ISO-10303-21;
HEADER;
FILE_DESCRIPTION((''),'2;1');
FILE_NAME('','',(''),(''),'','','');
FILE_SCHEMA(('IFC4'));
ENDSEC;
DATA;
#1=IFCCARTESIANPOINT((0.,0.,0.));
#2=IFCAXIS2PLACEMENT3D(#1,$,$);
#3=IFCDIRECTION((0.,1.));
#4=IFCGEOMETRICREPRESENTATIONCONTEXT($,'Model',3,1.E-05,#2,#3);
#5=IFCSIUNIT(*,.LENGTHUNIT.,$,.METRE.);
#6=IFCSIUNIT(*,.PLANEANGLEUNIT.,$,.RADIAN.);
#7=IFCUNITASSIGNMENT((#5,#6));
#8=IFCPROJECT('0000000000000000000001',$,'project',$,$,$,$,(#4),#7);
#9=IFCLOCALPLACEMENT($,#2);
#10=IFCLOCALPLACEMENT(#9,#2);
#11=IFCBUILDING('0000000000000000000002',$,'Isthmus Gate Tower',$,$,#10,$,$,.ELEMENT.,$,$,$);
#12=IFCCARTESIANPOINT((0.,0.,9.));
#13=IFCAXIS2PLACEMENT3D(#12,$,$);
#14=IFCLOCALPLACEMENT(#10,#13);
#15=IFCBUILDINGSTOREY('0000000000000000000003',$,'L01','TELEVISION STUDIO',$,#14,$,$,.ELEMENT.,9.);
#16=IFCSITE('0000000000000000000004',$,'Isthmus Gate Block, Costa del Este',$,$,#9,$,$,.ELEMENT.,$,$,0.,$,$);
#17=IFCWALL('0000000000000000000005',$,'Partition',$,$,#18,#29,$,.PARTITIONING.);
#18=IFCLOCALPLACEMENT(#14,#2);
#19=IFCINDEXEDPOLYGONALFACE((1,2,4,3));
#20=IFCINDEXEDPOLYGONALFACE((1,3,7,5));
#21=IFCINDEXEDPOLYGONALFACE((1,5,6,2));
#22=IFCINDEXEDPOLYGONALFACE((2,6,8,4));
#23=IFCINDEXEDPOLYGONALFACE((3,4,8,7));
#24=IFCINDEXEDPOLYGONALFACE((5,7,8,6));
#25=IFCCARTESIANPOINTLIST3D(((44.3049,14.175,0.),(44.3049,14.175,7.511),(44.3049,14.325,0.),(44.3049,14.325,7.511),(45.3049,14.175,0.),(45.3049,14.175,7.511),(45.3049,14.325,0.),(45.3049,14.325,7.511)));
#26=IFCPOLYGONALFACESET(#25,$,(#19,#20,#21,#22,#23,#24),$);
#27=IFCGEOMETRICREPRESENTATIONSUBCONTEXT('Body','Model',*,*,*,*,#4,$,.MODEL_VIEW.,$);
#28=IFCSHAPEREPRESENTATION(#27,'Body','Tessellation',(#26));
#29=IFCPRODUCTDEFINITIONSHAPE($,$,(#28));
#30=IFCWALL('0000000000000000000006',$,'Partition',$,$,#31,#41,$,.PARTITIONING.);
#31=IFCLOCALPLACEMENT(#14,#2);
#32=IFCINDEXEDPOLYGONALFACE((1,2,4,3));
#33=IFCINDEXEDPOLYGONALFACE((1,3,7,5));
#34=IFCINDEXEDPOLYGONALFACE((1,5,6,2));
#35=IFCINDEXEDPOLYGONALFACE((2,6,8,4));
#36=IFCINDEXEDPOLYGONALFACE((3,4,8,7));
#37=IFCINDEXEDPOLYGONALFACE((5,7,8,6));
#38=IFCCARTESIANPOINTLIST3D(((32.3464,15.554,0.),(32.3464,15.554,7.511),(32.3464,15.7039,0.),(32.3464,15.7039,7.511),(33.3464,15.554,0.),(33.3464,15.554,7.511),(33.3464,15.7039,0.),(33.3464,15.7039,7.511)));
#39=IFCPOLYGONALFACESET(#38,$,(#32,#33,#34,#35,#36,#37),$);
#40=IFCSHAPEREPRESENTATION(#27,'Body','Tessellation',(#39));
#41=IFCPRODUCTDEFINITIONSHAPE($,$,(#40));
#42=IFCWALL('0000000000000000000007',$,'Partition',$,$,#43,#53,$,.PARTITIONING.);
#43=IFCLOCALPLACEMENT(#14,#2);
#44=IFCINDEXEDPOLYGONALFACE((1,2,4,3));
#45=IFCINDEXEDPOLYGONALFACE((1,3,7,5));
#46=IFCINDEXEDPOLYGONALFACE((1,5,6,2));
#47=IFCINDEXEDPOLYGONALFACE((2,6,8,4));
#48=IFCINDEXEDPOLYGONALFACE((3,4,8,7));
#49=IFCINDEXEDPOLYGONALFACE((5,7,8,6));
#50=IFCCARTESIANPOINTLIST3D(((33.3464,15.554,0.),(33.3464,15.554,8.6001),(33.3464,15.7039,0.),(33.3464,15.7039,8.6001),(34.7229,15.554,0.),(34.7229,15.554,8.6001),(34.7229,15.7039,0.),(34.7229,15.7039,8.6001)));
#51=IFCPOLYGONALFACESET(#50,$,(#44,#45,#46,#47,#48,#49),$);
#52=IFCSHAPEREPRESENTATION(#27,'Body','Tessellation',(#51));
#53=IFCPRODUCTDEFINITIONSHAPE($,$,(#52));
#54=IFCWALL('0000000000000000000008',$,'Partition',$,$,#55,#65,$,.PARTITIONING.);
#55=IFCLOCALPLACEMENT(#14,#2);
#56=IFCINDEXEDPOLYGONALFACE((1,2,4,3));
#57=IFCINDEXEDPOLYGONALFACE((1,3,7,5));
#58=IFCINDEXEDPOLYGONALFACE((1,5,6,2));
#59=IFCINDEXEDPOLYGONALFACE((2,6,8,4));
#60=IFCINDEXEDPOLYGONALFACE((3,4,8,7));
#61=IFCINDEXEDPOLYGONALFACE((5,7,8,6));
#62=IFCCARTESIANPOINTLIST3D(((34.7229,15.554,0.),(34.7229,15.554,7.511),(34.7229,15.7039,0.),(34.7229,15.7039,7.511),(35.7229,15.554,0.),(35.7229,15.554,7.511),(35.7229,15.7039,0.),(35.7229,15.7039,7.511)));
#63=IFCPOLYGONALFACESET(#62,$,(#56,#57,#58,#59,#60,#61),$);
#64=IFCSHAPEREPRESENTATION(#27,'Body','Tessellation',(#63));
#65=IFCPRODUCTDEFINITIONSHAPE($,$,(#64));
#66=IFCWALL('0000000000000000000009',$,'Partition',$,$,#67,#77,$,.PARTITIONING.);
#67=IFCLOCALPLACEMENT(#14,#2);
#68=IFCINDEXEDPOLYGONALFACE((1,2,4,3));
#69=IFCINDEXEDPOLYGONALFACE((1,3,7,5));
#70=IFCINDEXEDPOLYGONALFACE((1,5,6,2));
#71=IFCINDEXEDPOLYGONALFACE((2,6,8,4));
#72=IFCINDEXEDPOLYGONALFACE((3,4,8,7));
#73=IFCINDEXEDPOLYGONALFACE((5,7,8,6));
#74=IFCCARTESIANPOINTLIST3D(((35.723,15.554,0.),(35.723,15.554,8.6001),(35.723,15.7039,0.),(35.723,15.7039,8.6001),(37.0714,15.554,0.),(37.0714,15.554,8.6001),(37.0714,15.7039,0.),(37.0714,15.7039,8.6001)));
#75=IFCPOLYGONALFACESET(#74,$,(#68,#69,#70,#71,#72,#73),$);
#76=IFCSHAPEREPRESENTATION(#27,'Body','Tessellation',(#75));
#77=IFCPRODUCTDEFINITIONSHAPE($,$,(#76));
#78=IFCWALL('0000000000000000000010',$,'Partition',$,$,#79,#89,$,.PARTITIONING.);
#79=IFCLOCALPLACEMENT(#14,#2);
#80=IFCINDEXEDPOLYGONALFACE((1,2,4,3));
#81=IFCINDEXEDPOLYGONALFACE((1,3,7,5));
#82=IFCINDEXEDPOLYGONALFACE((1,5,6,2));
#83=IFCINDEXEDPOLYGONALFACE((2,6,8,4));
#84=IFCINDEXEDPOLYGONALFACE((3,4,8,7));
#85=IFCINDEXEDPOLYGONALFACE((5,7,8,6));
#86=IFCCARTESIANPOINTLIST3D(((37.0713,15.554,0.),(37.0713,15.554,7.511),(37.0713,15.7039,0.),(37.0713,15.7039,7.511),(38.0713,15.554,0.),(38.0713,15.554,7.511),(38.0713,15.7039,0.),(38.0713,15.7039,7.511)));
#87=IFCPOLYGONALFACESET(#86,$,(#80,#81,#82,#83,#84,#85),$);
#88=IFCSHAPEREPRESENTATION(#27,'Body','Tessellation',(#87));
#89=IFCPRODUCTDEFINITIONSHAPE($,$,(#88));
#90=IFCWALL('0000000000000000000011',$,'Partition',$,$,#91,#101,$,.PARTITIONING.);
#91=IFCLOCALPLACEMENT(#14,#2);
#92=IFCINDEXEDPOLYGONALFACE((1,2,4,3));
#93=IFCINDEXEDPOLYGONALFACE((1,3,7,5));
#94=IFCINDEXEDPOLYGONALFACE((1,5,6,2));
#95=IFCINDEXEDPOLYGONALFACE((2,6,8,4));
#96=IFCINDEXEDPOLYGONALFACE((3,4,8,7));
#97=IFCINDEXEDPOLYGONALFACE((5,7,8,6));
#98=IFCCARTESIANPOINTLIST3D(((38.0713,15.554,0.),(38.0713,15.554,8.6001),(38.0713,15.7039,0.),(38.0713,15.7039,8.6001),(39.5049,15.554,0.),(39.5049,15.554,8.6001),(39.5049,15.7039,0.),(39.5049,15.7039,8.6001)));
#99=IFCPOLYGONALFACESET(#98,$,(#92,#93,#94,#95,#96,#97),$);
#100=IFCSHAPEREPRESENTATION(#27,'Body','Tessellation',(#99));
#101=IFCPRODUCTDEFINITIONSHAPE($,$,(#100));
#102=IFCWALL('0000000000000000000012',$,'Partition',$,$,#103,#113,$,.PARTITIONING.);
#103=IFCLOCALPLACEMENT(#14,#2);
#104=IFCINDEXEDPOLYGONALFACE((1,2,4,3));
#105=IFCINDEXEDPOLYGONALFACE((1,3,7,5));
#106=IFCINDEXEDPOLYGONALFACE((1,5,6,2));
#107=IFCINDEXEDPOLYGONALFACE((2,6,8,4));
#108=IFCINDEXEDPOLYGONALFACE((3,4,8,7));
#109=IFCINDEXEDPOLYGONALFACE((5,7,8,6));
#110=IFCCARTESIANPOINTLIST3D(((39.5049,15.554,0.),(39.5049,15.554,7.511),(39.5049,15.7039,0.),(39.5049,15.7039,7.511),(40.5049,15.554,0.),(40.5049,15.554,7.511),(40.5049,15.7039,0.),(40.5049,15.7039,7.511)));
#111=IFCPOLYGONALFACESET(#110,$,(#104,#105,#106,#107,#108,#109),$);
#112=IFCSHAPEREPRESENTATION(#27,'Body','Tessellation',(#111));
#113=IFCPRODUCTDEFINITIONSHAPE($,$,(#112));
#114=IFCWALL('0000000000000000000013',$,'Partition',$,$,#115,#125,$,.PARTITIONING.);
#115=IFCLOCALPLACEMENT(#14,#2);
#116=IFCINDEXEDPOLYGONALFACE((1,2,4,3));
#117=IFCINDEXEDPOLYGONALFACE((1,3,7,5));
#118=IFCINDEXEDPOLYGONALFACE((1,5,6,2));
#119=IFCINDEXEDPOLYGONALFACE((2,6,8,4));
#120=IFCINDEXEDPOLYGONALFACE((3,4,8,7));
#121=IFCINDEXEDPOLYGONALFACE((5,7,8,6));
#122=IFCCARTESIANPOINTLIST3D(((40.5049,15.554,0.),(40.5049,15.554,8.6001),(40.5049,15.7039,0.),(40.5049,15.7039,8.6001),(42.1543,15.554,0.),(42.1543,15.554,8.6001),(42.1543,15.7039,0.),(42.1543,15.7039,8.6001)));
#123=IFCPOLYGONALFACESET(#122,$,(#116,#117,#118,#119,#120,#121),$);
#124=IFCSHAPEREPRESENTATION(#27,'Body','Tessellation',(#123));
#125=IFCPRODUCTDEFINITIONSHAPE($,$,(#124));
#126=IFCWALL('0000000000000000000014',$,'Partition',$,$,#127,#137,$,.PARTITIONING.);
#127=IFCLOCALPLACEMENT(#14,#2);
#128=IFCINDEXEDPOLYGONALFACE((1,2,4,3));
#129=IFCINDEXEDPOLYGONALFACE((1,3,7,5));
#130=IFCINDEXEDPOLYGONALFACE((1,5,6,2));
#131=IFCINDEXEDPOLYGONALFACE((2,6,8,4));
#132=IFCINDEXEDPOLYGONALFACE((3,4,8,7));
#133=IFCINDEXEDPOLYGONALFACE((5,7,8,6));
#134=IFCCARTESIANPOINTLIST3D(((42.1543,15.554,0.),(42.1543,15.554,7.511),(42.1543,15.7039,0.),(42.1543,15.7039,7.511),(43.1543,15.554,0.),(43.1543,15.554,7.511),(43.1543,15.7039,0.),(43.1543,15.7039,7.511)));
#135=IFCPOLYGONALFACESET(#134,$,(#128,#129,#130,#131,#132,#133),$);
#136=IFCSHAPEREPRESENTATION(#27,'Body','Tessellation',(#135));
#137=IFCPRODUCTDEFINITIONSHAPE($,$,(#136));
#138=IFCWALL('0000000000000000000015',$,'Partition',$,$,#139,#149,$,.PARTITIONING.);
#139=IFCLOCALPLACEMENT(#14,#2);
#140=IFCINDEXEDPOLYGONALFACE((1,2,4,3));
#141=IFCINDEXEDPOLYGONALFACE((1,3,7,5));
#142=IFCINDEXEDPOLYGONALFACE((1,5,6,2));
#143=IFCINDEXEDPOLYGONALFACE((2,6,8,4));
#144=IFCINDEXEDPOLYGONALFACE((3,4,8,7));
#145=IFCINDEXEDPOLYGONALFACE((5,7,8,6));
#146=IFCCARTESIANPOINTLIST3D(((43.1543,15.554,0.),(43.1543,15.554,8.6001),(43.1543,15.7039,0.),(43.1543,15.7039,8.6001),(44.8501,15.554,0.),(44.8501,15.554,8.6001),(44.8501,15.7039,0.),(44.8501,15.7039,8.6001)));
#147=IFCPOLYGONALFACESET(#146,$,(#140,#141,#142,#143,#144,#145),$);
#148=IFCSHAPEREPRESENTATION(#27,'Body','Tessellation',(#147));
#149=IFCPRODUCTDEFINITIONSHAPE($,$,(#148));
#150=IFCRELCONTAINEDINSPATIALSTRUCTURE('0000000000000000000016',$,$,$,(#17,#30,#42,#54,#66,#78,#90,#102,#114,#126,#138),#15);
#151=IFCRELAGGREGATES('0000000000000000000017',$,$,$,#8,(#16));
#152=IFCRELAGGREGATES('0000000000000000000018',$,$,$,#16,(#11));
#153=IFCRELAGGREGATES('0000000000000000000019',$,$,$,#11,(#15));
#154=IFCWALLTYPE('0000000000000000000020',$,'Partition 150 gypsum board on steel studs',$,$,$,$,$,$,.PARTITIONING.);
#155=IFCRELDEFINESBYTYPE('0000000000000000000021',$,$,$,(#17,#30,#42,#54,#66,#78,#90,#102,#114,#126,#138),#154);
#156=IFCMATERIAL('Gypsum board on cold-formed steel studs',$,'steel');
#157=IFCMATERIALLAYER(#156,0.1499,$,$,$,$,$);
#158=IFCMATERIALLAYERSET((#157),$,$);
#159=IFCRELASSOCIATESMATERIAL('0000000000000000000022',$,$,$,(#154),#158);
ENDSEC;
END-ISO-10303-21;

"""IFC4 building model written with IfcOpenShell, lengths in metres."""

from ifc_helpers import new_model, si_unit, direction, frame, frame_2d, origin, place, context, subcontext, project, spatial, rectangle, extrude, material, layer, layer_set, type_object, element, save


model = new_model("IFC4")

# Units and contexts
model_context = context("Model", 3, precision=1e-05, world=origin(), true_north=direction((0.0, 1.0)))
body_context = subcontext(model_context, "Body", "Model", "MODEL_VIEW")
ifc_project = project(units=[si_unit("LENGTHUNIT", "METRE"), si_unit("PLANEANGLEUNIT", "RADIAN")], contexts=[model_context])

# Site, building, storey
site_placement = place(None, origin())
site = spatial("IfcSite", under=ifc_project, at=site_placement, Name="Isthmus Gate Block, Costa del Este", CompositionType="ELEMENT", RefElevation=0.0)
building_placement = place(site_placement, origin())
building = spatial("IfcBuilding", under=site, at=building_placement, Name="Isthmus Gate Tower", CompositionType="ELEMENT")
storey_placement = place(building_placement, frame((0.0, 0.0, 9.0)))
storey = spatial("IfcBuildingStorey", under=building, at=storey_placement, Name="L01", Description="TELEVISION STUDIO", CompositionType="ELEMENT", Elevation=9.0)

# Walls
ifc_material_1 = material(Name="Gypsum board on cold-formed steel studs", Category="steel")
ifc_layer_1 = layer(ifc_material_1, 0.1499)
ifc_layer_set_1 = layer_set([ifc_layer_1])
wall_type_1 = type_object("IfcWallType", Name="Partition 150 gypsum board on steel studs", PredefinedType="PARTITIONING", material=ifc_layer_set_1)
for number, where, z_axis, x_axis, name in (
    (1, (44.3049, 14.25, 0.0), (0.0, 0.0, 1.0), (1.0, 0.0, 0.0), "Partition"),
    (2, (32.3464, 15.6289, 0.0), (0.0, 0.0, 1.0), (1.0, 0.0, 0.0), "Partition"),
):
    element("IfcWall", number, at=place(storey_placement, frame(where, z_axis=z_axis, x_axis=x_axis)), inside=storey, type_object=wall_type_1, Name=name, PredefinedType="PARTITIONING", context=body_context, shape_type="SweptSolid", body=[
        extrude(rectangle(XDim=1.0, YDim=0.1499, at=frame_2d((0.5, 0.0))), origin(), (0.0, 0.0, 1.0), 7.511),
    ])
wall_1_placement = place(storey_placement, frame((33.3464, 15.6289, 0.0), z_axis=(0.0, 0.0, 1.0), x_axis=(1.0, 0.0, 0.0)))
element("IfcWall", 3, at=wall_1_placement, inside=storey, type_object=wall_type_1, Name="Partition", PredefinedType="PARTITIONING", context=body_context, shape_type="SweptSolid", body=[
    extrude(rectangle(XDim=1.3765, YDim=0.1499, at=frame_2d((0.6882, 0.0))), origin(), (0.0, 0.0, 1.0), 8.6001),
])
wall_2_placement = place(storey_placement, frame((34.7229, 15.6289, 0.0), z_axis=(0.0, 0.0, 1.0), x_axis=(1.0, 0.0, 0.0)))
element("IfcWall", 4, at=wall_2_placement, inside=storey, type_object=wall_type_1, Name="Partition", PredefinedType="PARTITIONING", context=body_context, shape_type="SweptSolid", body=[
    extrude(rectangle(XDim=1.0, YDim=0.1499, at=frame_2d((0.5, 0.0))), origin(), (0.0, 0.0, 1.0), 7.511),
])
wall_3_placement = place(storey_placement, frame((35.7229, 15.6289, 0.0), z_axis=(0.0, 0.0, 1.0), x_axis=(1.0, 0.0, 0.0)))
element("IfcWall", 5, at=wall_3_placement, inside=storey, type_object=wall_type_1, Name="Partition", PredefinedType="PARTITIONING", context=body_context, shape_type="SweptSolid", body=[
    extrude(rectangle(XDim=1.3484, YDim=0.1499, at=frame_2d((0.6743, 0.0))), origin(), (0.0, 0.0, 1.0), 8.6001),
])
wall_4_placement = place(storey_placement, frame((37.0713, 15.6289, 0.0), z_axis=(0.0, 0.0, 1.0), x_axis=(1.0, 0.0, 0.0)))
element("IfcWall", 6, at=wall_4_placement, inside=storey, type_object=wall_type_1, Name="Partition", PredefinedType="PARTITIONING", context=body_context, shape_type="SweptSolid", body=[
    extrude(rectangle(XDim=1.0, YDim=0.1499, at=frame_2d((0.5, 0.0))), origin(), (0.0, 0.0, 1.0), 7.511),
])
wall_5_placement = place(storey_placement, frame((38.0713, 15.6289, 0.0), z_axis=(0.0, 0.0, 1.0), x_axis=(1.0, 0.0, 0.0)))
element("IfcWall", 7, at=wall_5_placement, inside=storey, type_object=wall_type_1, Name="Partition", PredefinedType="PARTITIONING", context=body_context, shape_type="SweptSolid", body=[
    extrude(rectangle(XDim=1.4336, YDim=0.1499, at=frame_2d((0.7168, 0.0))), origin(), (0.0, 0.0, 1.0), 8.6001),
])
wall_6_placement = place(storey_placement, frame((39.5049, 15.6289, 0.0), z_axis=(0.0, 0.0, 1.0), x_axis=(1.0, 0.0, 0.0)))
element("IfcWall", 8, at=wall_6_placement, inside=storey, type_object=wall_type_1, Name="Partition", PredefinedType="PARTITIONING", context=body_context, shape_type="SweptSolid", body=[
    extrude(rectangle(XDim=1.0, YDim=0.1499, at=frame_2d((0.5, 0.0))), origin(), (0.0, 0.0, 1.0), 7.511),
])
wall_7_placement = place(storey_placement, frame((40.5049, 15.6289, 0.0), z_axis=(0.0, 0.0, 1.0), x_axis=(1.0, 0.0, 0.0)))
element("IfcWall", 9, at=wall_7_placement, inside=storey, type_object=wall_type_1, Name="Partition", PredefinedType="PARTITIONING", context=body_context, shape_type="SweptSolid", body=[
    extrude(rectangle(XDim=1.6494, YDim=0.1499, at=frame_2d((0.8247, 0.0))), origin(), (0.0, 0.0, 1.0), 8.6001),
])
wall_8_placement = place(storey_placement, frame((42.1543, 15.6289, 0.0), z_axis=(0.0, 0.0, 1.0), x_axis=(1.0, 0.0, 0.0)))
element("IfcWall", 10, at=wall_8_placement, inside=storey, type_object=wall_type_1, Name="Partition", PredefinedType="PARTITIONING", context=body_context, shape_type="SweptSolid", body=[
    extrude(rectangle(XDim=1.0, YDim=0.1499, at=frame_2d((0.5, 0.0))), origin(), (0.0, 0.0, 1.0), 7.511),
])
wall_9_placement = place(storey_placement, frame((43.1543, 15.6289, 0.0), z_axis=(0.0, 0.0, 1.0), x_axis=(1.0, 0.0, 0.0)))
element("IfcWall", 11, at=wall_9_placement, inside=storey, type_object=wall_type_1, Name="Partition", PredefinedType="PARTITIONING", context=body_context, shape_type="SweptSolid", body=[
    extrude(rectangle(XDim=1.6958, YDim=0.1499, at=frame_2d((0.8479, 0.0))), origin(), (0.0, 0.0, 1.0), 8.6001),
])

save(model, "model.ifc")
